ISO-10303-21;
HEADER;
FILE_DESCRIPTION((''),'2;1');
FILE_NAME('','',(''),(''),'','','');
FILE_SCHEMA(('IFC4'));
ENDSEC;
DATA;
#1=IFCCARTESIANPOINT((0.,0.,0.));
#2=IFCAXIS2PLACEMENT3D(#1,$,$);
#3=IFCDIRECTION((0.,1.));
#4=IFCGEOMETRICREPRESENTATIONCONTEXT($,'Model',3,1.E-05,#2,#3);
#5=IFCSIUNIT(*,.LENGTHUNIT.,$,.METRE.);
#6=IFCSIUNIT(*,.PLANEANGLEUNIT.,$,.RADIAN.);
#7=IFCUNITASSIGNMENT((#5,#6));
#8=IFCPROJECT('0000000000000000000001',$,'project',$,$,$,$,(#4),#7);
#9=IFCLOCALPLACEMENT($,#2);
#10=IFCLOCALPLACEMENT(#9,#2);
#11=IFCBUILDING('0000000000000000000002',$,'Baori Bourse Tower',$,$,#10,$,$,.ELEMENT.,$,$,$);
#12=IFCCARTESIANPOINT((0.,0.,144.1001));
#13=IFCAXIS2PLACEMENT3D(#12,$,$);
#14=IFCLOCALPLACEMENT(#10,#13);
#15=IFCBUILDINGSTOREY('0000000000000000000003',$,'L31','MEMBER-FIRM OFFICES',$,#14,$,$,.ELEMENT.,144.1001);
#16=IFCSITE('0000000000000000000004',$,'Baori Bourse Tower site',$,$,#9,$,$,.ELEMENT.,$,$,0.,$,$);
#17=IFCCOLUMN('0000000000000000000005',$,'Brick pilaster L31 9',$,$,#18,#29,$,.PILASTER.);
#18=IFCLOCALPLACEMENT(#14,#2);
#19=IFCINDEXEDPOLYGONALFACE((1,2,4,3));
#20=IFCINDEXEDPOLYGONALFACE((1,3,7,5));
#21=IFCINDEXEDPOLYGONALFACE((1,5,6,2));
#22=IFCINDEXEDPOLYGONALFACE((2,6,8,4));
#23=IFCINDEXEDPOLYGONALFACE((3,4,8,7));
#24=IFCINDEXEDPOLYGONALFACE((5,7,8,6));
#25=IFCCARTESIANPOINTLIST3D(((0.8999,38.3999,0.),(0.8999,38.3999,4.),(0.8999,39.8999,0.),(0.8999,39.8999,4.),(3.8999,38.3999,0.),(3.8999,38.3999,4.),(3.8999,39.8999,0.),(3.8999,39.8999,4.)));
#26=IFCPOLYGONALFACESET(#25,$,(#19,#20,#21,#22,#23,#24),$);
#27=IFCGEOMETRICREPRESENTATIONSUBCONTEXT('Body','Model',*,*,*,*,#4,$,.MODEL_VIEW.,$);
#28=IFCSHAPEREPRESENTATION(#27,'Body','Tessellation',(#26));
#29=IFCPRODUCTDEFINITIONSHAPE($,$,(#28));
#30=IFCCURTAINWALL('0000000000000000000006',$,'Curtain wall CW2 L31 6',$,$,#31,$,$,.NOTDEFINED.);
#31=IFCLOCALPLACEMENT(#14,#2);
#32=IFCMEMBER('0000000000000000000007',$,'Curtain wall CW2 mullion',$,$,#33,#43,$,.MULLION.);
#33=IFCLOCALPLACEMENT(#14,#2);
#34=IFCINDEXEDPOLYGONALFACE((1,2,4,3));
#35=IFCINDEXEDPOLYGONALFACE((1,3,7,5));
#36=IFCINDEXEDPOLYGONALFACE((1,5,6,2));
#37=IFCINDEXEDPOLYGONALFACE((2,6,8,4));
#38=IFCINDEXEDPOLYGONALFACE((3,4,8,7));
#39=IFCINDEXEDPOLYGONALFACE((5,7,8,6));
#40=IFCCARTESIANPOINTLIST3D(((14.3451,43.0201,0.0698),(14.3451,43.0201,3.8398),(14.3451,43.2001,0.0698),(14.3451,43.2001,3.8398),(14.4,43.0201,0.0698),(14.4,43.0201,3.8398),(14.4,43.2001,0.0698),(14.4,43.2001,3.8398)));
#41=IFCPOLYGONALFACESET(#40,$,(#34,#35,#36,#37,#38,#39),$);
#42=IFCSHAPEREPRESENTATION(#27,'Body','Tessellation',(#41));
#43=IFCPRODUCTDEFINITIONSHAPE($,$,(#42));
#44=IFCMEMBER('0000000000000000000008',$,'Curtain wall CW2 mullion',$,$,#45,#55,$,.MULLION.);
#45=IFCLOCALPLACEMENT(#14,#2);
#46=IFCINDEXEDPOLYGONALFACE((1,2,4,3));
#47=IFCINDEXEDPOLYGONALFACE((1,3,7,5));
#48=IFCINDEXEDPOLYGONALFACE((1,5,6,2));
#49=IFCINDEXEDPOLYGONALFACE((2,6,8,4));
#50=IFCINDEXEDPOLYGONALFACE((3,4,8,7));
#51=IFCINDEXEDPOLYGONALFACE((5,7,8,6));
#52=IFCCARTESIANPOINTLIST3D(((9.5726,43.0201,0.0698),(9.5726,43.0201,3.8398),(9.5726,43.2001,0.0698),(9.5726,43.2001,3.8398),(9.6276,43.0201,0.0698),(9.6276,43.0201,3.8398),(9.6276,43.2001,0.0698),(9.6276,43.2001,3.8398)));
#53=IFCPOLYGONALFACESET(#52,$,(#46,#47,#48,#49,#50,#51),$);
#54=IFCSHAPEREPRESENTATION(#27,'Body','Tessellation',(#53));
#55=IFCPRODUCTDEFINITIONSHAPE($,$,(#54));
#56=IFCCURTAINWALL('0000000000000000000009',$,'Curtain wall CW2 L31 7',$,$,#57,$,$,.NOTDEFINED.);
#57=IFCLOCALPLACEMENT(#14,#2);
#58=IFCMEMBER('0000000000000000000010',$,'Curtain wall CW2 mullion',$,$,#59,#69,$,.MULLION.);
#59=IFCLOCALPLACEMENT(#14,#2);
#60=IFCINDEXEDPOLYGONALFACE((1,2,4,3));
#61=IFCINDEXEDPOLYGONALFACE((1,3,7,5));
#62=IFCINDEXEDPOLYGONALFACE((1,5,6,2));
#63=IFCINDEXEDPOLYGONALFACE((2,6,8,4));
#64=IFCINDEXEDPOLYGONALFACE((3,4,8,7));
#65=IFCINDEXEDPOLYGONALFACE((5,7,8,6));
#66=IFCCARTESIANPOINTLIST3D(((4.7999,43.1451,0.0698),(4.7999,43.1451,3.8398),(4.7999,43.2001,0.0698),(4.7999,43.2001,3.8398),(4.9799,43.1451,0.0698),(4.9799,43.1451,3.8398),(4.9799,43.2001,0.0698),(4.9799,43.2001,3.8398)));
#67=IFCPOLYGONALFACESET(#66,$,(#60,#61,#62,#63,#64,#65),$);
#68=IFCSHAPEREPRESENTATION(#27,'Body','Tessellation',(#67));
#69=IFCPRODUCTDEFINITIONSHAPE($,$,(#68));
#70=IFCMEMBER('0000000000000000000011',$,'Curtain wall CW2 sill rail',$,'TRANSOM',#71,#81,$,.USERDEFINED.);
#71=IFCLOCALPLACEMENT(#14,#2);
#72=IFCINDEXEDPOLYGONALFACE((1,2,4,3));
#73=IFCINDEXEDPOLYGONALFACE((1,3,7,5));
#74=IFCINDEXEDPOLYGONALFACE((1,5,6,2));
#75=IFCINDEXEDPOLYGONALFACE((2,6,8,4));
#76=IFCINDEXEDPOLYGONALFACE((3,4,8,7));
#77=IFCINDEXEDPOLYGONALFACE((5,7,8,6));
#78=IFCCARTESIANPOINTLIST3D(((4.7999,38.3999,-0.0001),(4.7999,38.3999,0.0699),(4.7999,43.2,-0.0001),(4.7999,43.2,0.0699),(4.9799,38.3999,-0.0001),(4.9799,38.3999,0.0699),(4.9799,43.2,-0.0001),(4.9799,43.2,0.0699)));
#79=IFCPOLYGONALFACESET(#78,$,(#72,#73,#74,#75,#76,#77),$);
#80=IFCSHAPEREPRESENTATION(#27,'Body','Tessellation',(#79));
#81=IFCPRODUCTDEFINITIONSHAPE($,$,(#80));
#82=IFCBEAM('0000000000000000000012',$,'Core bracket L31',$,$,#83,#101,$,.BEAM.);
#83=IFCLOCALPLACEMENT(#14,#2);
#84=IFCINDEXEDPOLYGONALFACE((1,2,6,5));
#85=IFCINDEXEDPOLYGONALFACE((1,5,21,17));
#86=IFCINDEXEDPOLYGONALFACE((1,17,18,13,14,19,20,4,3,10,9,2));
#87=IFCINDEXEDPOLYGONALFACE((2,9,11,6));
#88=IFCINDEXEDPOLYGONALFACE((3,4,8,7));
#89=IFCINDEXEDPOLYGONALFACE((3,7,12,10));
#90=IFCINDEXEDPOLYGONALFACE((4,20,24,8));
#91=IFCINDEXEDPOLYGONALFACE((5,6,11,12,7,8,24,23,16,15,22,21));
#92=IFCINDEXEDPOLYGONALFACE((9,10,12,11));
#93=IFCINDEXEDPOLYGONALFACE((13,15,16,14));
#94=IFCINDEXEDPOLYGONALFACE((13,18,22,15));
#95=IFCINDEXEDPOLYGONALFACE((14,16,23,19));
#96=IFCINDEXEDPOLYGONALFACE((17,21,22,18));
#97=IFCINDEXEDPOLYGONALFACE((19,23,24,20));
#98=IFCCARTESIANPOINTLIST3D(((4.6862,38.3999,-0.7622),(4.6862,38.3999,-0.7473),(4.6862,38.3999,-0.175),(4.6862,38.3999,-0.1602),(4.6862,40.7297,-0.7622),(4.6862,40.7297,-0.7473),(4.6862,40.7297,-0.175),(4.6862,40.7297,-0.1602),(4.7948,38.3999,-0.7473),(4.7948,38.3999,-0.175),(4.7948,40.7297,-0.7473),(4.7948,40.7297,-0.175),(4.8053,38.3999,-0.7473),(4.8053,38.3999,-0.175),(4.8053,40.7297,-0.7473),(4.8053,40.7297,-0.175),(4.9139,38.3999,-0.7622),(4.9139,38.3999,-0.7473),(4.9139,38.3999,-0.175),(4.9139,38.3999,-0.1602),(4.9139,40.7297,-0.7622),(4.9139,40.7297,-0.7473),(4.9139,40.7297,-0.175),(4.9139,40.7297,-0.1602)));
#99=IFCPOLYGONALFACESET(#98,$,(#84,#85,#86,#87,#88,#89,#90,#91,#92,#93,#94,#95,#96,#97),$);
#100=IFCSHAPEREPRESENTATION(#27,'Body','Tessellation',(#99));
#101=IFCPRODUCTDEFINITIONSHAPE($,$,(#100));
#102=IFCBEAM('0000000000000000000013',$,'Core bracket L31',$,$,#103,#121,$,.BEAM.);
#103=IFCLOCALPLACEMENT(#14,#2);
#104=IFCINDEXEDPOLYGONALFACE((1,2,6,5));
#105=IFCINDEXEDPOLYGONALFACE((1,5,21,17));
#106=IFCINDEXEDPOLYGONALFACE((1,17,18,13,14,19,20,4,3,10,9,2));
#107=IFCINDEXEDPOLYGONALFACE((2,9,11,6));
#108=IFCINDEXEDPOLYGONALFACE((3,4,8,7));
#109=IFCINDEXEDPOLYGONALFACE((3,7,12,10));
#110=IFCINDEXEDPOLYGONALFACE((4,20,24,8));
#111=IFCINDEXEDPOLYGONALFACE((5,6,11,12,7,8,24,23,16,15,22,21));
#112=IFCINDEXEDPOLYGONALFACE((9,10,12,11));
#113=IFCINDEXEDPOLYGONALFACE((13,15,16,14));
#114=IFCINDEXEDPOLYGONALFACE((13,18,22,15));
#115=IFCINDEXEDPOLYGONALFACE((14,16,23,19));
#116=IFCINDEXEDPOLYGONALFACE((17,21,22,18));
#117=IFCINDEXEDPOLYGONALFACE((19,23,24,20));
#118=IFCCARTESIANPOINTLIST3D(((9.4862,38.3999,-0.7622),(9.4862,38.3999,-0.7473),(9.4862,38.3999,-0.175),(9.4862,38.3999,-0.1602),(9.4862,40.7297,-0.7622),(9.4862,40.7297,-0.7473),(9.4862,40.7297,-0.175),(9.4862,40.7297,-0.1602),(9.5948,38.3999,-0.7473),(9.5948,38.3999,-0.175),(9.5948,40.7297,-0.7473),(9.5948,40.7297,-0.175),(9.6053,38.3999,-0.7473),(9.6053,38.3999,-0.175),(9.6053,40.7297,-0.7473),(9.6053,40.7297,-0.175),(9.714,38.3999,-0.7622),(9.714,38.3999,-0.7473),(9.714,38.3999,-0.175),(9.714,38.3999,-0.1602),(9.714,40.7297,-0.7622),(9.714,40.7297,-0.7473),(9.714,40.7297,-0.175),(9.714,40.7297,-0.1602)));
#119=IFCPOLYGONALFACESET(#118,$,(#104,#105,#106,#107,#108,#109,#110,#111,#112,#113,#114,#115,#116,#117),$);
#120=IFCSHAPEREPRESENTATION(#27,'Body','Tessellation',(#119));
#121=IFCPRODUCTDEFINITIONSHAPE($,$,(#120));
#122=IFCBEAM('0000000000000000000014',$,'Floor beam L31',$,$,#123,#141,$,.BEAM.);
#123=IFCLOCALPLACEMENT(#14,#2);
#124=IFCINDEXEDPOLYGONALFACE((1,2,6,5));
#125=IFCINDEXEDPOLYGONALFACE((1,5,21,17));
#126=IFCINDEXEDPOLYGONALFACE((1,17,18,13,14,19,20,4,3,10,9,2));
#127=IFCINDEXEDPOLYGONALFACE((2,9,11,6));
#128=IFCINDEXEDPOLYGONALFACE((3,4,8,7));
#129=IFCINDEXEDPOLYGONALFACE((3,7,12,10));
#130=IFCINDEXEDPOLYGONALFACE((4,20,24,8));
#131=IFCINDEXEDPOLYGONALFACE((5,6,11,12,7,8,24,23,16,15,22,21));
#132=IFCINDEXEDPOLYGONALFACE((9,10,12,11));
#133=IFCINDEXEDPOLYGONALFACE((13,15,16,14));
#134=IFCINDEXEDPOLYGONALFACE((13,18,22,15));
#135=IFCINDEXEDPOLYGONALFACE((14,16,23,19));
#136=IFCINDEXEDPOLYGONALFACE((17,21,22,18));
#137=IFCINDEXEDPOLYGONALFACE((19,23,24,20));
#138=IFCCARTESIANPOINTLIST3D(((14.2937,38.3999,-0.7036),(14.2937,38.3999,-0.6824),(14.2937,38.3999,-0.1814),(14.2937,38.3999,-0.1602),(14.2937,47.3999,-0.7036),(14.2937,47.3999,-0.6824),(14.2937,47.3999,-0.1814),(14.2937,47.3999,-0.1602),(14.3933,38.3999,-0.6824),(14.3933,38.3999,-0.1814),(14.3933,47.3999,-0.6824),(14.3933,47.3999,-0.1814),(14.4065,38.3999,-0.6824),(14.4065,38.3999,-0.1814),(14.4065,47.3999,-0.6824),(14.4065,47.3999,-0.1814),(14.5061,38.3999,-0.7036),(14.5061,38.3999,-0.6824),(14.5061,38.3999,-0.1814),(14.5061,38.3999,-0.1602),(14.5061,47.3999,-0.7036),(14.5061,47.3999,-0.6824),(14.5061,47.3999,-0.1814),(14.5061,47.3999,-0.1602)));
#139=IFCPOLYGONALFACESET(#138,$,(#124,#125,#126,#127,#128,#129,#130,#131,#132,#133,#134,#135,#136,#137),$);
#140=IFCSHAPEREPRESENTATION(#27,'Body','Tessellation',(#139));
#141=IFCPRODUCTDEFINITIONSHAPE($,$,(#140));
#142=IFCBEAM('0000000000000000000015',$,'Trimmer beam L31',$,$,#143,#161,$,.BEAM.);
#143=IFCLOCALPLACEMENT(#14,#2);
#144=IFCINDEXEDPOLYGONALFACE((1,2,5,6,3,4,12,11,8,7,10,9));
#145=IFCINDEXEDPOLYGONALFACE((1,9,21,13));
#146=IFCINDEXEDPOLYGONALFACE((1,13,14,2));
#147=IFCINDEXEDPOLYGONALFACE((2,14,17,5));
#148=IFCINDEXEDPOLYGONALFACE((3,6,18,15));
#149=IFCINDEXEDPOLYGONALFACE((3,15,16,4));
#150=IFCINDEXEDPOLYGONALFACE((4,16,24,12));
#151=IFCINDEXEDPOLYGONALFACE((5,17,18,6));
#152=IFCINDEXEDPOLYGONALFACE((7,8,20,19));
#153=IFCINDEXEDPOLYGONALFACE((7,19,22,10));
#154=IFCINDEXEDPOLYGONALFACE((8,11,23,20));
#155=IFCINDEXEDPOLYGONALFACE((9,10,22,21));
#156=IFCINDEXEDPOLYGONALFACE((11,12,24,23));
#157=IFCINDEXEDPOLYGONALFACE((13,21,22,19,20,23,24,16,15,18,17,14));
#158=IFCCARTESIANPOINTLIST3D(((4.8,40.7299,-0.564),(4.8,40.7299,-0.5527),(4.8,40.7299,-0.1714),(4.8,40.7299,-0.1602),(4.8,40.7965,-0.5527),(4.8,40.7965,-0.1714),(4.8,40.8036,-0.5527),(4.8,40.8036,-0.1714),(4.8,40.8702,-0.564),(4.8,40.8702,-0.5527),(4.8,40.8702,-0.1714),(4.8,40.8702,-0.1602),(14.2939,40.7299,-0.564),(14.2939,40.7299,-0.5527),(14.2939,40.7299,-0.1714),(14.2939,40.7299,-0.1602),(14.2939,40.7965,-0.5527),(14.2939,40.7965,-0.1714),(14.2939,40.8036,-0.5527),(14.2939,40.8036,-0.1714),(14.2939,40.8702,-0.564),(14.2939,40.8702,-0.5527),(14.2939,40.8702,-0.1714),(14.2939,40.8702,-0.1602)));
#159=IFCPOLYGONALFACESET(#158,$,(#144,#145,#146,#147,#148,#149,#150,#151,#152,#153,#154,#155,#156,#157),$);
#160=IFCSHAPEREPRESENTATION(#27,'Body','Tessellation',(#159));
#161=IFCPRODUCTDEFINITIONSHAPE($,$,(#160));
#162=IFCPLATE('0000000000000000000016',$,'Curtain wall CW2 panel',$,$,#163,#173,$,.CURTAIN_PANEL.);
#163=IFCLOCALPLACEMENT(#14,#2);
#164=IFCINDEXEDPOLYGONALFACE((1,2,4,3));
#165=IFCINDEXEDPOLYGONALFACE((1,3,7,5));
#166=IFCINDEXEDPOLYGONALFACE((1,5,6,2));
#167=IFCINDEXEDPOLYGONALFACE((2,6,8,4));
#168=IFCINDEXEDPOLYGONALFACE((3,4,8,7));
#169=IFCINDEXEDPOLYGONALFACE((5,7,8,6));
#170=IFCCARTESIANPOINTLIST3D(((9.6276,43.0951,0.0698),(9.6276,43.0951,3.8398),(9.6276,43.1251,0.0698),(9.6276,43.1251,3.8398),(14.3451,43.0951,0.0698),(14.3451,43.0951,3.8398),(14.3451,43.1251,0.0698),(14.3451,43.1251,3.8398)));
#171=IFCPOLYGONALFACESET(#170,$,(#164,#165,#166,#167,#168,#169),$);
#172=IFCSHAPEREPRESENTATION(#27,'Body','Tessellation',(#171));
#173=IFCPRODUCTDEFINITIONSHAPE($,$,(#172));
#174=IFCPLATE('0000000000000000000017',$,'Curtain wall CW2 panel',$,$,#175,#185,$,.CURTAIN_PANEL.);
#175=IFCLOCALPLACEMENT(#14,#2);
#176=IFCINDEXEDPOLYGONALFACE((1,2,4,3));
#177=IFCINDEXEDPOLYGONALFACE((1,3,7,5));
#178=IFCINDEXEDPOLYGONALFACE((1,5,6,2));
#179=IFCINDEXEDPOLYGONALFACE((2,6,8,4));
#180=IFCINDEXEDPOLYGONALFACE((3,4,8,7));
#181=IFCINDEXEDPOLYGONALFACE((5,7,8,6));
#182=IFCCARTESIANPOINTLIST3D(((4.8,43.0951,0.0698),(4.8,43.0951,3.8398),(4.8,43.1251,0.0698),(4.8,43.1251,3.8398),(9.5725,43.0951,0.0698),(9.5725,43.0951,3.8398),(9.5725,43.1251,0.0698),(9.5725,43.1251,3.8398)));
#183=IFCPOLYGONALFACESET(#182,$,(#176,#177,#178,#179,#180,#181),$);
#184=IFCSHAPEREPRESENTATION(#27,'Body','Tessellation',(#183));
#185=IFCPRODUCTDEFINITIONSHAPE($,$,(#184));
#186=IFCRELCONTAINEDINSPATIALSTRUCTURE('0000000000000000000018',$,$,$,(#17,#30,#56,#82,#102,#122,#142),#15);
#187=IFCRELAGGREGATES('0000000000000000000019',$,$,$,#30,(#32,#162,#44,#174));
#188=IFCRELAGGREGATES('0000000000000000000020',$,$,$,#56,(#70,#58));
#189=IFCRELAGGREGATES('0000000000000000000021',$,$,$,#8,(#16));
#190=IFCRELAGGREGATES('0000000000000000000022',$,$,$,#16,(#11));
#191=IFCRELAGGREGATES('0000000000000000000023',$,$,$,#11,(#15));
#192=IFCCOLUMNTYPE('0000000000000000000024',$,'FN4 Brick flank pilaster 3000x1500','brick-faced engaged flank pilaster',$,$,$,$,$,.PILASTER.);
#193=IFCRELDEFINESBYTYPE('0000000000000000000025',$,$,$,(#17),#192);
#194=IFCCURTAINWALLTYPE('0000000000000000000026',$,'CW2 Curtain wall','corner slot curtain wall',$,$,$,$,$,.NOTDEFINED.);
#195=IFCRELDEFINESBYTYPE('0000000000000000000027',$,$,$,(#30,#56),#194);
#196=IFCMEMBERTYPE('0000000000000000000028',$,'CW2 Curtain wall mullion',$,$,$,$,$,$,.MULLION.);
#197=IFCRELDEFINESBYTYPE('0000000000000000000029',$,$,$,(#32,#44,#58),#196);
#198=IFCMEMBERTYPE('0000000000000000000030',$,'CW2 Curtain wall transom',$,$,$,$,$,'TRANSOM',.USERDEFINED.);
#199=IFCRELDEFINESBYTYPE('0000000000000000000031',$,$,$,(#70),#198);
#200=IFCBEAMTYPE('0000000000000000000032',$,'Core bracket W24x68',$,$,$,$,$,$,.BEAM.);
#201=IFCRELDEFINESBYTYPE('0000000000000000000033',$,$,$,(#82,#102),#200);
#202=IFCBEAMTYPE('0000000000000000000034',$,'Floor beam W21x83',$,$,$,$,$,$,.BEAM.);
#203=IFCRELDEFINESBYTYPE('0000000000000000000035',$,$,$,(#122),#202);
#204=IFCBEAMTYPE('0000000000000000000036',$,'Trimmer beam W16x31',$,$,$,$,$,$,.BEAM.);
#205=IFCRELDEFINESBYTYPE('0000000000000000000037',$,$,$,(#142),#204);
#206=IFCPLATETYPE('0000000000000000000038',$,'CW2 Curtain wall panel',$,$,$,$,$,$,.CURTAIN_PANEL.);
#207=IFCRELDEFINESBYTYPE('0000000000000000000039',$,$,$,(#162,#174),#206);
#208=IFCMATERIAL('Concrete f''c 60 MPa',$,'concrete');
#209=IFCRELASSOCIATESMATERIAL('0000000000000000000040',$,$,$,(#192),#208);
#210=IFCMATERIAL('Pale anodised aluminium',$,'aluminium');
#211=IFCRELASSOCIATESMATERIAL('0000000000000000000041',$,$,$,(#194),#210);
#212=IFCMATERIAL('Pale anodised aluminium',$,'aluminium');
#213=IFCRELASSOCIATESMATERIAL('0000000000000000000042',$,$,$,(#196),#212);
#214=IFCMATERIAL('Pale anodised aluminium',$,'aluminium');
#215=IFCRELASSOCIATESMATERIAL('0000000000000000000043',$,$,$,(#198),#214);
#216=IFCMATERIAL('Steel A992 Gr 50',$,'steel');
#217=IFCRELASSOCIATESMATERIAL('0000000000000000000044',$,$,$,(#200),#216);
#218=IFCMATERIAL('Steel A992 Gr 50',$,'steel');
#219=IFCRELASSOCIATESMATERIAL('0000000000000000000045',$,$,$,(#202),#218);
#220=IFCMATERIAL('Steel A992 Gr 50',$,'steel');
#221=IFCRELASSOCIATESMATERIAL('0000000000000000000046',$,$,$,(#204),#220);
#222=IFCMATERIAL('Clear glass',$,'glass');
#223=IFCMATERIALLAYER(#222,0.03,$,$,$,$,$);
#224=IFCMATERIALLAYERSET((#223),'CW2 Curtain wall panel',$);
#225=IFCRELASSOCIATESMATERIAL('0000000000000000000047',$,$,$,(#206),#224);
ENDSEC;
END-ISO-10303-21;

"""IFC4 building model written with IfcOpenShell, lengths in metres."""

from ifc_helpers import new_model, si_unit, direction, frame, origin, origin_2d, place, context, subcontext, project, spatial, rectangle, i_section, extrude, material, layer, layer_set, material_profile, profile_set, type_object, element, aggregate, save


model = new_model("IFC4")

# Units and contexts
model_context = context("Model", 3, precision=1e-05, world=origin(), true_north=direction((0.0, 1.0)))
body_context = subcontext(model_context, "Body", "Model", "MODEL_VIEW")
ifc_project = project(units=[si_unit("LENGTHUNIT", "METRE"), si_unit("PLANEANGLEUNIT", "RADIAN")], contexts=[model_context])

# Site, building, storey
site_placement = place(None, origin())
site = spatial("IfcSite", under=ifc_project, at=site_placement, Name="Baori Bourse Tower site", CompositionType="ELEMENT", RefElevation=0.0)
building_placement = place(site_placement, origin())
building = spatial("IfcBuilding", under=site, at=building_placement, Name="Baori Bourse Tower", CompositionType="ELEMENT")
storey_placement = place(building_placement, frame((0.0, 0.0, 144.1001)))
storey = spatial("IfcBuildingStorey", under=building, at=storey_placement, Name="L31", Description="MEMBER-FIRM OFFICES", CompositionType="ELEMENT", Elevation=144.1001)

# Column
ifc_material_1 = material(Name="Concrete f'c 60 MPa", Category="concrete")
ifc_material_profile_1 = material_profile(ifc_material_1, rectangle(XDim=3.0, YDim=1.5, at=origin_2d()), Name="RC 3000x1500")
ifc_profile_set_1 = profile_set([ifc_material_profile_1], Name="Concrete f'c 60 MPa")
column_type = type_object("IfcColumnType", Name="FN4 Brick flank pilaster 3000x1500", Description="brick-faced engaged flank pilaster", PredefinedType="PILASTER", material=ifc_profile_set_1)
column_placement = place(storey_placement, frame((2.3999, 39.1499, 0.0), z_axis=(0.0, 0.0, 1.0), x_axis=(1.0, 0.0, 0.0)))
element("IfcColumn", 1, at=column_placement, inside=storey, type_object=column_type, Name="Brick pilaster L31 9", PredefinedType="PILASTER", context=body_context, shape_type="SweptSolid", body=[
    extrude(rectangle(XDim=3.0, YDim=1.5, at=origin_2d()), origin(), (0.0, 0.0, 1.0), 4.0),
])

# Curtain walls, members
ifc_material_2 = material(Name="Pale anodised aluminium", Category="aluminium")
curtain_wall_type = type_object("IfcCurtainWallType", Name="CW2 Curtain wall", Description="corner slot curtain wall", PredefinedType="NOTDEFINED", material=ifc_material_2)
curtain_wall_1_placement = place(storey_placement, origin())
curtain_wall_1 = element("IfcCurtainWall", 2, at=curtain_wall_1_placement, inside=storey, type_object=curtain_wall_type, Name="Curtain wall CW2 L31 6", PredefinedType="NOTDEFINED")
ifc_material_3 = material(Name="Pale anodised aluminium", Category="aluminium")
ifc_material_profile_2 = material_profile(ifc_material_3, rectangle(XDim=0.1799, YDim=0.0549, at=origin_2d()), Name="Mullion 55x180")
ifc_profile_set_2 = profile_set([ifc_material_profile_2], Name="Pale anodised aluminium")
member_type_1 = type_object("IfcMemberType", Name="CW2 Curtain wall mullion", PredefinedType="MULLION", material=ifc_profile_set_2)
member_1_placement = place(storey_placement, frame((14.3726, 43.1101, 0.0698), z_axis=(0.0, 0.0, 1.0), x_axis=(0.0, -1.0, 0.0)))
member_1 = element("IfcMember", 3, at=member_1_placement, type_object=member_type_1, Name="Curtain wall CW2 mullion", PredefinedType="MULLION", context=body_context, shape_type="SweptSolid", body=[
    extrude(rectangle(XDim=0.1799, YDim=0.0549, at=origin_2d()), origin(), (0.0, 0.0, 1.0), 3.77),
])
member_2_placement = place(storey_placement, frame((9.6001, 43.1101, 0.0698), z_axis=(0.0, 0.0, 1.0), x_axis=(0.0, -1.0, 0.0)))
member_2 = element("IfcMember", 4, at=member_2_placement, type_object=member_type_1, Name="Curtain wall CW2 mullion", PredefinedType="MULLION", context=body_context, shape_type="SweptSolid", body=[
    extrude(rectangle(XDim=0.1799, YDim=0.0549, at=origin_2d()), origin(), (0.0, 0.0, 1.0), 3.77),
])
curtain_wall_2_placement = place(storey_placement, origin())
curtain_wall_2 = element("IfcCurtainWall", 5, at=curtain_wall_2_placement, inside=storey, type_object=curtain_wall_type, Name="Curtain wall CW2 L31 7", PredefinedType="NOTDEFINED")
member_3_placement = place(storey_placement, frame((4.8899, 43.1726, 0.0698), z_axis=(0.0, 0.0, 1.0), x_axis=(1.0, 0.0, 0.0)))
member_3 = element("IfcMember", 6, at=member_3_placement, type_object=member_type_1, Name="Curtain wall CW2 mullion", PredefinedType="MULLION", context=body_context, shape_type="SweptSolid", body=[
    extrude(rectangle(XDim=0.1799, YDim=0.0549, at=origin_2d()), origin(), (0.0, 0.0, 1.0), 3.77),
])
ifc_material_4 = material(Name="Pale anodised aluminium", Category="aluminium")
ifc_material_profile_3 = material_profile(ifc_material_4, rectangle(XDim=0.1799, YDim=0.0701, at=origin_2d()), Name="Transom 70x180")
ifc_profile_set_3 = profile_set([ifc_material_profile_3], Name="Pale anodised aluminium")
member_type_2 = type_object("IfcMemberType", Name="CW2 Curtain wall transom", ElementType="TRANSOM", PredefinedType="USERDEFINED", material=ifc_profile_set_3)
member_4_placement = place(storey_placement, frame((4.8899, 43.2, 0.0349), z_axis=(0.0, -1.0, 0.0), x_axis=(1.0, 0.0, 0.0)))
member_4 = element("IfcMember", 7, at=member_4_placement, type_object=member_type_2, Name="Curtain wall CW2 sill rail", ObjectType="TRANSOM", PredefinedType="USERDEFINED", context=body_context, shape_type="SweptSolid", body=[
    extrude(rectangle(XDim=0.1799, YDim=0.0701, at=origin_2d()), origin(), (0.0, 0.0, 1.0), 4.8),
])

# Beams
ifc_material_5 = material(Name="Steel A992 Gr 50", Category="steel")
ifc_material_profile_4 = material_profile(ifc_material_5, i_section(OverallWidth=0.2278, OverallDepth=0.6021, WebThickness=0.0105, FlangeThickness=0.0149, at=origin_2d()), Name="W24x68")
ifc_profile_set_4 = profile_set([ifc_material_profile_4], Name="Steel A992 Gr 50")
beam_type_1 = type_object("IfcBeamType", Name="Core bracket W24x68", PredefinedType="BEAM", material=ifc_profile_set_4)
for number, where, z_axis, x_axis, name in (
    (8, (4.8, 38.3999, -0.4612), (0.0, 1.0, 0.0), (-1.0, 0.0, 0.0), "Core bracket L31"),
    (9, (9.6001, 38.3999, -0.4612), (0.0, 1.0, 0.0), (-1.0, 0.0, 0.0), "Core bracket L31"),
):
    element("IfcBeam", number, at=place(storey_placement, frame(where, z_axis=z_axis, x_axis=x_axis)), inside=storey, type_object=beam_type_1, Name=name, PredefinedType="BEAM", context=body_context, shape_type="SweptSolid", body=[
        extrude(i_section(OverallWidth=0.2278, OverallDepth=0.6021, WebThickness=0.0105, FlangeThickness=0.0149, at=origin_2d()), origin(), (0.0, 0.0, 1.0), 2.3298),
    ])
ifc_material_6 = material(Name="Steel A992 Gr 50", Category="steel")
ifc_material_profile_5 = material_profile(ifc_material_6, i_section(OverallWidth=0.2124, OverallDepth=0.5435, WebThickness=0.0132, FlangeThickness=0.0212, at=origin_2d()), Name="W21x83")
ifc_profile_set_5 = profile_set([ifc_material_profile_5], Name="Steel A992 Gr 50")
beam_type_2 = type_object("IfcBeamType", Name="Floor beam W21x83", PredefinedType="BEAM", material=ifc_profile_set_5)
beam_1_placement = place(storey_placement, frame((14.3999, 38.3999, -0.4319), z_axis=(0.0, 1.0, 0.0), x_axis=(-1.0, 0.0, 0.0)))
element("IfcBeam", 10, at=beam_1_placement, inside=storey, type_object=beam_type_2, Name="Floor beam L31", PredefinedType="BEAM", context=body_context, shape_type="SweptSolid", body=[
    extrude(i_section(OverallWidth=0.2124, OverallDepth=0.5435, WebThickness=0.0132, FlangeThickness=0.0212, at=origin_2d()), origin(), (0.0, 0.0, 1.0), 9.0),
])
ifc_material_7 = material(Name="Steel A992 Gr 50", Category="steel")
ifc_material_profile_6 = material_profile(ifc_material_7, i_section(OverallWidth=0.1404, OverallDepth=0.4038, WebThickness=0.0071, FlangeThickness=0.0112, at=origin_2d()), Name="W16x31")
ifc_profile_set_6 = profile_set([ifc_material_profile_6], Name="Steel A992 Gr 50")
beam_type_3 = type_object("IfcBeamType", Name="Trimmer beam W16x31", PredefinedType="BEAM", material=ifc_profile_set_6)
beam_2_placement = place(storey_placement, frame((4.8, 40.8, -0.3621), z_axis=(1.0, 0.0, 0.0), x_axis=(0.0, 1.0, 0.0)))
element("IfcBeam", 11, at=beam_2_placement, inside=storey, type_object=beam_type_3, Name="Trimmer beam L31", PredefinedType="BEAM", context=body_context, shape_type="SweptSolid", body=[
    extrude(i_section(OverallWidth=0.1404, OverallDepth=0.4038, WebThickness=0.0071, FlangeThickness=0.0112, at=origin_2d()), origin(), (0.0, 0.0, 1.0), 9.4939),
])

# Plates
ifc_material_8 = material(Name="Clear glass", Category="glass")
ifc_layer_1 = layer(ifc_material_8, 0.03)
ifc_layer_set_1 = layer_set([ifc_layer_1], Name="CW2 Curtain wall panel")
plate_type = type_object("IfcPlateType", Name="CW2 Curtain wall panel", PredefinedType="CURTAIN_PANEL", material=ifc_layer_set_1)
plate_1_placement = place(storey_placement, frame((11.9863, 43.1101, 0.0698), z_axis=(0.0, 0.0, 1.0), x_axis=(-1.0, 0.0, 0.0)))
plate_1 = element("IfcPlate", 12, at=plate_1_placement, type_object=plate_type, Name="Curtain wall CW2 panel", PredefinedType="CURTAIN_PANEL", context=body_context, shape_type="SweptSolid", body=[
    extrude(rectangle(XDim=4.7175, YDim=0.03, at=origin_2d()), origin(), (0.0, 0.0, 1.0), 3.77),
])
plate_2_placement = place(storey_placement, frame((7.1863, 43.1101, 0.0698), z_axis=(0.0, 0.0, 1.0), x_axis=(-1.0, 0.0, 0.0)))
plate_2 = element("IfcPlate", 13, at=plate_2_placement, type_object=plate_type, Name="Curtain wall CW2 panel", PredefinedType="CURTAIN_PANEL", context=body_context, shape_type="SweptSolid", body=[
    extrude(rectangle(XDim=4.7725, YDim=0.03, at=origin_2d()), origin(), (0.0, 0.0, 1.0), 3.77),
])
aggregate(curtain_wall_1, [member_1, plate_1, member_2, plate_2])
aggregate(curtain_wall_2, [member_4, member_3])

save(model, "model.ifc")
